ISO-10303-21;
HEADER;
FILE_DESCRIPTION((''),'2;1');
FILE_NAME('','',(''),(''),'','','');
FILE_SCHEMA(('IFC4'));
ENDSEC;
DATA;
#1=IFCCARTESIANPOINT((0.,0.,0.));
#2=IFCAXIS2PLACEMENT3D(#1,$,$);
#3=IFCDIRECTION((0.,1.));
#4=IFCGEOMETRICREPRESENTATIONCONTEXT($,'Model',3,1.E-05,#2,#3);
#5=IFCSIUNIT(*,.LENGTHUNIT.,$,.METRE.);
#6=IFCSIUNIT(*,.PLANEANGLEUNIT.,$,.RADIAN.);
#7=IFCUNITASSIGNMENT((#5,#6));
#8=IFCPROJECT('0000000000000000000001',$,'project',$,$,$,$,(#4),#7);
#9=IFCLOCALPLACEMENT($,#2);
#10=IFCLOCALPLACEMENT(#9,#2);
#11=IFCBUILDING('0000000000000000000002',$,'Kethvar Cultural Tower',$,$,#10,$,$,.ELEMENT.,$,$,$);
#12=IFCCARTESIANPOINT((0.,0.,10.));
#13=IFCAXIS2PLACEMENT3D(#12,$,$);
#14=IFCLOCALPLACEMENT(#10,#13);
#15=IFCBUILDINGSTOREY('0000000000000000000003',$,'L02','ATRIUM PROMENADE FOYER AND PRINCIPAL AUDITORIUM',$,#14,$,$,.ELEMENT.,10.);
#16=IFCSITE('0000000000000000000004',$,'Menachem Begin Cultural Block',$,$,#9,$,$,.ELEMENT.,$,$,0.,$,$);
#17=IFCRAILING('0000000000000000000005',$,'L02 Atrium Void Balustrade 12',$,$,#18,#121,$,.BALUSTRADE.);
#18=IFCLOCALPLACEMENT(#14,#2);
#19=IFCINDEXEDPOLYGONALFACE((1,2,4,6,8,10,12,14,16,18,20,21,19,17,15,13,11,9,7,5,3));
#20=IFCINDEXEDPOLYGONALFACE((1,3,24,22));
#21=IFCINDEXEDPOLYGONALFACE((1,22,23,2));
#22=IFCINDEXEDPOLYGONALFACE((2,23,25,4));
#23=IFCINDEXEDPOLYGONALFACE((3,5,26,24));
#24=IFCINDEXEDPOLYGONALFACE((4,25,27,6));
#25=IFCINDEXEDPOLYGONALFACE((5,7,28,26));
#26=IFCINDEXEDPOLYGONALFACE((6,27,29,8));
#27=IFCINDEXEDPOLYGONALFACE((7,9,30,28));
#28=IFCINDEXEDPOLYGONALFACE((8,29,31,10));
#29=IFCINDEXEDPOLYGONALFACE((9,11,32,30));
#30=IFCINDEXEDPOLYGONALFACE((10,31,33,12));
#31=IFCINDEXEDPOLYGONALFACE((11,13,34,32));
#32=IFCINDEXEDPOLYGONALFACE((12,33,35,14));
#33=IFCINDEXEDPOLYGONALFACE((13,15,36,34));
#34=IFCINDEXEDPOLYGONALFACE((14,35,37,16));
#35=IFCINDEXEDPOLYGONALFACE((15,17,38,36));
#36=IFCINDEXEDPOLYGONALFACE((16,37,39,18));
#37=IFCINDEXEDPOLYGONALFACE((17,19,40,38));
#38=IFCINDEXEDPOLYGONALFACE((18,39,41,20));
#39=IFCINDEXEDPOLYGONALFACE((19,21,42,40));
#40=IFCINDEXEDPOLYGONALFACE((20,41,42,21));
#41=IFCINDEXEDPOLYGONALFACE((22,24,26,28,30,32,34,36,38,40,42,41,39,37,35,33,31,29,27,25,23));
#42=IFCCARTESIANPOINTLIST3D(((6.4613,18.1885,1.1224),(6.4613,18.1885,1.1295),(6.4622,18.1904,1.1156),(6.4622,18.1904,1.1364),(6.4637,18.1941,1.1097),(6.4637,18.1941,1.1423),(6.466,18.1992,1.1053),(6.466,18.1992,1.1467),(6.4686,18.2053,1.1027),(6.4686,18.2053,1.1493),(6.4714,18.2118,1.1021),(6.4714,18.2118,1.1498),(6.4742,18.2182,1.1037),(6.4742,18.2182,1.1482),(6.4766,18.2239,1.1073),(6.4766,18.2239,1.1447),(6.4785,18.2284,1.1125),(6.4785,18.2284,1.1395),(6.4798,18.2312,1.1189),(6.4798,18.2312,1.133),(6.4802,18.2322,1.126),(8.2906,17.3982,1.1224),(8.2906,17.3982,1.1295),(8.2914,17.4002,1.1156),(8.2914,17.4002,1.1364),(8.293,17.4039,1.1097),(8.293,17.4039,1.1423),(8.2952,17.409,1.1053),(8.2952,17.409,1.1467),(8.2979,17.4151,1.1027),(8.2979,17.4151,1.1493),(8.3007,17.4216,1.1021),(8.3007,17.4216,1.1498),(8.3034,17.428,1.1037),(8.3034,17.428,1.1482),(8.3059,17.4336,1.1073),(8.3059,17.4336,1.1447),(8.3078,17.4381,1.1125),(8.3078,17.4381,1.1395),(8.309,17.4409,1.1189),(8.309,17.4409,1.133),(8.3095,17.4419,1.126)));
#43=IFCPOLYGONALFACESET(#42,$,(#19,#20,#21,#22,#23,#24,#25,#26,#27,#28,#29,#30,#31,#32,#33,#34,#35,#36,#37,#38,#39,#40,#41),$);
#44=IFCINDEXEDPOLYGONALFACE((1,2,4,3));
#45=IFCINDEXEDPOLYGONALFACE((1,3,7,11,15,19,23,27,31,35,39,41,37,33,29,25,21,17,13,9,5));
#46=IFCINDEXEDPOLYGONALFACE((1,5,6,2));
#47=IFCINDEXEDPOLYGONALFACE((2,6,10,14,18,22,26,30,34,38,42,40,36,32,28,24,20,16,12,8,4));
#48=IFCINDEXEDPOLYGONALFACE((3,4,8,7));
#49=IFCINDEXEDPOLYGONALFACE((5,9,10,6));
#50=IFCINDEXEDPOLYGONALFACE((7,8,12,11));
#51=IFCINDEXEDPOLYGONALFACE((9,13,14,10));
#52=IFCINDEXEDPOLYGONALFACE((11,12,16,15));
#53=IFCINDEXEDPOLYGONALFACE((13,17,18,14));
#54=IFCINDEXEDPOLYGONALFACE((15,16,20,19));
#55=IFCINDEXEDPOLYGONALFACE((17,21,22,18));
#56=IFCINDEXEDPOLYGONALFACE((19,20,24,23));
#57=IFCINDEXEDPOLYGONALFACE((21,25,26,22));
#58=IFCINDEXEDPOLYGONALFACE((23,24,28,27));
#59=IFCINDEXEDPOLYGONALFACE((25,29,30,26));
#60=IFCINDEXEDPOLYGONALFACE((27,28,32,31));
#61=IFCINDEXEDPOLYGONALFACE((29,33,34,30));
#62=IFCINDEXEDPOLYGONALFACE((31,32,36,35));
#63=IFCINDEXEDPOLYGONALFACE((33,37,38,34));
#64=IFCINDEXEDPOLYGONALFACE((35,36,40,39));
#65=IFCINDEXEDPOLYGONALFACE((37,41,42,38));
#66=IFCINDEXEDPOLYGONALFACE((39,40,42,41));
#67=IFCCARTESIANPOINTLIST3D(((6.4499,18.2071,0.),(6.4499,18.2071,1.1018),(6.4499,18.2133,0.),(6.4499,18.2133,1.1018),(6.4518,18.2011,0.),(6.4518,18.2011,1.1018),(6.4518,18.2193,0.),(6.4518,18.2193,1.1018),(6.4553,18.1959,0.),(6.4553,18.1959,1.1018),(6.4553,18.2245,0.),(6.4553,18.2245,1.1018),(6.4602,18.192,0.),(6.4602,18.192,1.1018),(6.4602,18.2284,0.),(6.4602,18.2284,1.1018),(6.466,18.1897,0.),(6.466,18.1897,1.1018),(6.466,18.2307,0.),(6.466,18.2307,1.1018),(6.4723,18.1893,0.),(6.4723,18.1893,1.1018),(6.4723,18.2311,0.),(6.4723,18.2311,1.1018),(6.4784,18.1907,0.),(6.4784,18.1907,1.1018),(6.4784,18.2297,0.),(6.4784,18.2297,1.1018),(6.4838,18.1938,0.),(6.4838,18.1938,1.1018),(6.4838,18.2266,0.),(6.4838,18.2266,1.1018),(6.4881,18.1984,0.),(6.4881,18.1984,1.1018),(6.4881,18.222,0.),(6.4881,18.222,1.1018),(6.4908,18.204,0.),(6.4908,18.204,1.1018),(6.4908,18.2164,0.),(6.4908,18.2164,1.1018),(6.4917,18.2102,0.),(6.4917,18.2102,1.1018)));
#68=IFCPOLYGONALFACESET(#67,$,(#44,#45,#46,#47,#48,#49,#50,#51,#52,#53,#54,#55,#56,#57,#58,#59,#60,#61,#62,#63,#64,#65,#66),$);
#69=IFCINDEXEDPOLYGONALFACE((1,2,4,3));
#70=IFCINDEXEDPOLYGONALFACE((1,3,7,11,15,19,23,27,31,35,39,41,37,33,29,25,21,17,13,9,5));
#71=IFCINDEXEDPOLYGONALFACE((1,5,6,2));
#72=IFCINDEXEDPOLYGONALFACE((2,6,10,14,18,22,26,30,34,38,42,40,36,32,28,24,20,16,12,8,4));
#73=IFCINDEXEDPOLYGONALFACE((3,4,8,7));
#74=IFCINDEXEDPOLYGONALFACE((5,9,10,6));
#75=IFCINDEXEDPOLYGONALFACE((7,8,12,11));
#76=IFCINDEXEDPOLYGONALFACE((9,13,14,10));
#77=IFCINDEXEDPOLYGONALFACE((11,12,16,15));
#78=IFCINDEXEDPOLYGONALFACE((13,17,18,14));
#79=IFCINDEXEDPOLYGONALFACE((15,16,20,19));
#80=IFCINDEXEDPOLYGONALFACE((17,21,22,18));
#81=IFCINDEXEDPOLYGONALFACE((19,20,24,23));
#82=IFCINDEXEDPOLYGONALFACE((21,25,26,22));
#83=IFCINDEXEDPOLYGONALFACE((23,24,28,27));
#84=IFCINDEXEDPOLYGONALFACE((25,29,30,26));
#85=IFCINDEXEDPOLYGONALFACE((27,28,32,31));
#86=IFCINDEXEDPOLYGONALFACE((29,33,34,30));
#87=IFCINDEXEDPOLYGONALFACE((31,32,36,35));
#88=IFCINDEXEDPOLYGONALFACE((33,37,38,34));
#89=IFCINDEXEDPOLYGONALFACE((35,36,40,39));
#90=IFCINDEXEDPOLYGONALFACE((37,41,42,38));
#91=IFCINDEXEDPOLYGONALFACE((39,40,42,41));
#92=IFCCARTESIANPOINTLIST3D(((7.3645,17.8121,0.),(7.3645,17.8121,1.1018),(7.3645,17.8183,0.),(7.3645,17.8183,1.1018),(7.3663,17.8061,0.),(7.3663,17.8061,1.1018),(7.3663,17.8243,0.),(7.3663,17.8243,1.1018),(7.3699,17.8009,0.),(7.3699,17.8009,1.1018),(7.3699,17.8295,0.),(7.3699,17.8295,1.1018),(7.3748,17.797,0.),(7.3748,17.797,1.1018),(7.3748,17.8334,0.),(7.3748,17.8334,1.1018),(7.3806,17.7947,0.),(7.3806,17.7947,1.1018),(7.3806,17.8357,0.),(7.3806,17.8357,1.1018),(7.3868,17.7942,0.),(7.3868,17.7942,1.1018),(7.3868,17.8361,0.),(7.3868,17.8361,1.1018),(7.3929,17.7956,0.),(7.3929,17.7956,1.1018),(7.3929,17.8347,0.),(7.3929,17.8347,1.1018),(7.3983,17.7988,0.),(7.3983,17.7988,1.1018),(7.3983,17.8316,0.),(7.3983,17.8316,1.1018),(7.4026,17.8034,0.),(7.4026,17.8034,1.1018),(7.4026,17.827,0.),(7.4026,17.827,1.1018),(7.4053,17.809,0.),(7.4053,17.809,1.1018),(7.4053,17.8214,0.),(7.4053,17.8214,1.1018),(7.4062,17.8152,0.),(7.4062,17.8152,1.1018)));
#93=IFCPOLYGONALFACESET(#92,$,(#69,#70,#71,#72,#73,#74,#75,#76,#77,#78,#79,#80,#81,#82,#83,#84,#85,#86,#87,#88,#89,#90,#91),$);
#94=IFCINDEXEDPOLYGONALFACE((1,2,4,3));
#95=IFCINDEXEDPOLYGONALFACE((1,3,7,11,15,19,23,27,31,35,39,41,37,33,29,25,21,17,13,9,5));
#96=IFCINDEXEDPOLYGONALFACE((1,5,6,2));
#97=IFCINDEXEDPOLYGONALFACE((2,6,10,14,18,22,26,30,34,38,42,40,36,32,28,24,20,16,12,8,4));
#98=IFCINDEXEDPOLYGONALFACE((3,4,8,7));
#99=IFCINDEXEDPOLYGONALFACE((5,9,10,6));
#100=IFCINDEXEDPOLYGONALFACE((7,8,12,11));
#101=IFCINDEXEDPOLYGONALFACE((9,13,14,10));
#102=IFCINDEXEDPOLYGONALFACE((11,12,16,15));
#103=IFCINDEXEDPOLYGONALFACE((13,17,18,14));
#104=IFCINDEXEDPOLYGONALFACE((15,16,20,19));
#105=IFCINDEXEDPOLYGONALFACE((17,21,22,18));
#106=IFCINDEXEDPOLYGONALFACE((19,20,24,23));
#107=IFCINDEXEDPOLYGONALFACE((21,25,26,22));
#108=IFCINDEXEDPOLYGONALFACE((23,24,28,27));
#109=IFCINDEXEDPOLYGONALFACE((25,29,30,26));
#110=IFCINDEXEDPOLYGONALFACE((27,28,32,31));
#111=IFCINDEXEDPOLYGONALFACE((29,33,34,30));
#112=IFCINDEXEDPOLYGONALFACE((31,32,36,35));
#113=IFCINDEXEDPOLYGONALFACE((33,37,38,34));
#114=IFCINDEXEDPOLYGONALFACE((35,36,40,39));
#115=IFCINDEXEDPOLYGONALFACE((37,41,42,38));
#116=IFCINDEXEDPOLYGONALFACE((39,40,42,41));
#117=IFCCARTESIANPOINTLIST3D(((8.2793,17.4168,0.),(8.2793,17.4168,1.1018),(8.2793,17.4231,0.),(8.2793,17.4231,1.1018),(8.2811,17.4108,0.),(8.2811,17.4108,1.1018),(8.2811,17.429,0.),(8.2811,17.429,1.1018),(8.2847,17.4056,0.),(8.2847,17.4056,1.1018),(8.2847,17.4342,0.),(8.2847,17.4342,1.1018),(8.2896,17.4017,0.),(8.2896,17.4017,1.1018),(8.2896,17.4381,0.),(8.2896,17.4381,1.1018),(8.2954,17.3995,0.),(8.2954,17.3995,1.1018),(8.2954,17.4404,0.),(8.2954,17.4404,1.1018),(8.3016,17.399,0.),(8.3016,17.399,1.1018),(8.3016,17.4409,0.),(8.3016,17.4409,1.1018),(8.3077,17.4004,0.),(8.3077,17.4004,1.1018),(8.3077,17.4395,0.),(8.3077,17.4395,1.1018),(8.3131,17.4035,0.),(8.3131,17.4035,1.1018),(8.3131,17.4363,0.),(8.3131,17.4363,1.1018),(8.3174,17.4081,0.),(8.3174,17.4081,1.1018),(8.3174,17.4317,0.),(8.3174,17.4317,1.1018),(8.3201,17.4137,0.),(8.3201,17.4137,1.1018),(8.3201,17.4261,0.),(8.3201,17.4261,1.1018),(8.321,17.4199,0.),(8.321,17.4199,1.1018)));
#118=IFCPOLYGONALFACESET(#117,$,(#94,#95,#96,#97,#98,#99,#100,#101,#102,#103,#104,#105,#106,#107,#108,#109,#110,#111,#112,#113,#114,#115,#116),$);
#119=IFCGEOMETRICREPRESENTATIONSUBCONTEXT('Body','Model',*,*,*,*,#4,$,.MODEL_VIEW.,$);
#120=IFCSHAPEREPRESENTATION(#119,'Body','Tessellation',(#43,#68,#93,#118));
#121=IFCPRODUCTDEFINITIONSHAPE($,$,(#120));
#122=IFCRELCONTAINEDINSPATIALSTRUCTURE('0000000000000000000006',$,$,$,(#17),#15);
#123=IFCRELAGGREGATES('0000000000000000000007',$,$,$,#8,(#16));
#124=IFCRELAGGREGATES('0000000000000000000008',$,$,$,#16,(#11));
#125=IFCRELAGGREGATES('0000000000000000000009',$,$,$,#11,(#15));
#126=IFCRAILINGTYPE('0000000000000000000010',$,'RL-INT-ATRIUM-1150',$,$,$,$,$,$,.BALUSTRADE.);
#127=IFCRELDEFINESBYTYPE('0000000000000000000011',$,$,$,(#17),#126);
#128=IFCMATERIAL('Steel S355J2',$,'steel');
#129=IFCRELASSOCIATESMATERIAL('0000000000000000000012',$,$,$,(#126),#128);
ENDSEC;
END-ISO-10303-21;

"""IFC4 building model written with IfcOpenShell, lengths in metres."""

from ifc_helpers import new_model, si_unit, direction, frame, origin, origin_2d, place, context, subcontext, project, spatial, circle, extrude, material, type_object, element, save


model = new_model("IFC4")

# Units and contexts
model_context = context("Model", 3, precision=1e-05, world=origin(), true_north=direction((0.0, 1.0)))
body_context = subcontext(model_context, "Body", "Model", "MODEL_VIEW")
ifc_project = project(units=[si_unit("LENGTHUNIT", "METRE"), si_unit("PLANEANGLEUNIT", "RADIAN")], contexts=[model_context])

# Site, building, storey
site_placement = place(None, origin())
site = spatial("IfcSite", under=ifc_project, at=site_placement, Name="Menachem Begin Cultural Block", CompositionType="ELEMENT", RefElevation=0.0)
building_placement = place(site_placement, origin())
building = spatial("IfcBuilding", under=site, at=building_placement, Name="Kethvar Cultural Tower", CompositionType="ELEMENT")
storey_placement = place(building_placement, frame((0.0, 0.0, 10.0)))
storey = spatial("IfcBuildingStorey", under=building, at=storey_placement, Name="L02", Description="ATRIUM PROMENADE FOYER AND PRINCIPAL AUDITORIUM", CompositionType="ELEMENT", Elevation=10.0)

# Shared definitions
ifc_material_1 = material(Name="Steel S355J2", Category="steel")

# Railing
railing_type = type_object("IfcRailingType", Name="RL-INT-ATRIUM-1150", PredefinedType="BALUSTRADE", material=ifc_material_1)
railing_1_placement = place(storey_placement, frame((6.4707, 18.2102, 0.0)))
element("IfcRailing", 1, at=railing_1_placement, inside=storey, type_object=railing_type, Name="L02 Atrium Void Balustrade 12", PredefinedType="BALUSTRADE", context=body_context, shape_type="SweptSolid", body=[
    extrude(circle(Radius=0.0239, at=origin_2d()), frame((0.0, 0.0, 1.126), z_axis=(0.918001, -0.396579, 0.0), x_axis=(0.396579, 0.918001, 0.0)), (0.0, 0.0, 1.0), 1.9927),
    extrude(circle(Radius=0.021, at=origin_2d()), origin(), (0.0, 0.0, 1.0), 1.1018),
    extrude(circle(Radius=0.021, at=origin_2d()), frame((0.9146, -0.395, 0.0)), (0.0, 0.0, 1.0), 1.1018),
    extrude(circle(Radius=0.021, at=origin_2d()), frame((1.8293, -0.7903, 0.0)), (0.0, 0.0, 1.0), 1.1018),
])

save(model, "model.ifc")
